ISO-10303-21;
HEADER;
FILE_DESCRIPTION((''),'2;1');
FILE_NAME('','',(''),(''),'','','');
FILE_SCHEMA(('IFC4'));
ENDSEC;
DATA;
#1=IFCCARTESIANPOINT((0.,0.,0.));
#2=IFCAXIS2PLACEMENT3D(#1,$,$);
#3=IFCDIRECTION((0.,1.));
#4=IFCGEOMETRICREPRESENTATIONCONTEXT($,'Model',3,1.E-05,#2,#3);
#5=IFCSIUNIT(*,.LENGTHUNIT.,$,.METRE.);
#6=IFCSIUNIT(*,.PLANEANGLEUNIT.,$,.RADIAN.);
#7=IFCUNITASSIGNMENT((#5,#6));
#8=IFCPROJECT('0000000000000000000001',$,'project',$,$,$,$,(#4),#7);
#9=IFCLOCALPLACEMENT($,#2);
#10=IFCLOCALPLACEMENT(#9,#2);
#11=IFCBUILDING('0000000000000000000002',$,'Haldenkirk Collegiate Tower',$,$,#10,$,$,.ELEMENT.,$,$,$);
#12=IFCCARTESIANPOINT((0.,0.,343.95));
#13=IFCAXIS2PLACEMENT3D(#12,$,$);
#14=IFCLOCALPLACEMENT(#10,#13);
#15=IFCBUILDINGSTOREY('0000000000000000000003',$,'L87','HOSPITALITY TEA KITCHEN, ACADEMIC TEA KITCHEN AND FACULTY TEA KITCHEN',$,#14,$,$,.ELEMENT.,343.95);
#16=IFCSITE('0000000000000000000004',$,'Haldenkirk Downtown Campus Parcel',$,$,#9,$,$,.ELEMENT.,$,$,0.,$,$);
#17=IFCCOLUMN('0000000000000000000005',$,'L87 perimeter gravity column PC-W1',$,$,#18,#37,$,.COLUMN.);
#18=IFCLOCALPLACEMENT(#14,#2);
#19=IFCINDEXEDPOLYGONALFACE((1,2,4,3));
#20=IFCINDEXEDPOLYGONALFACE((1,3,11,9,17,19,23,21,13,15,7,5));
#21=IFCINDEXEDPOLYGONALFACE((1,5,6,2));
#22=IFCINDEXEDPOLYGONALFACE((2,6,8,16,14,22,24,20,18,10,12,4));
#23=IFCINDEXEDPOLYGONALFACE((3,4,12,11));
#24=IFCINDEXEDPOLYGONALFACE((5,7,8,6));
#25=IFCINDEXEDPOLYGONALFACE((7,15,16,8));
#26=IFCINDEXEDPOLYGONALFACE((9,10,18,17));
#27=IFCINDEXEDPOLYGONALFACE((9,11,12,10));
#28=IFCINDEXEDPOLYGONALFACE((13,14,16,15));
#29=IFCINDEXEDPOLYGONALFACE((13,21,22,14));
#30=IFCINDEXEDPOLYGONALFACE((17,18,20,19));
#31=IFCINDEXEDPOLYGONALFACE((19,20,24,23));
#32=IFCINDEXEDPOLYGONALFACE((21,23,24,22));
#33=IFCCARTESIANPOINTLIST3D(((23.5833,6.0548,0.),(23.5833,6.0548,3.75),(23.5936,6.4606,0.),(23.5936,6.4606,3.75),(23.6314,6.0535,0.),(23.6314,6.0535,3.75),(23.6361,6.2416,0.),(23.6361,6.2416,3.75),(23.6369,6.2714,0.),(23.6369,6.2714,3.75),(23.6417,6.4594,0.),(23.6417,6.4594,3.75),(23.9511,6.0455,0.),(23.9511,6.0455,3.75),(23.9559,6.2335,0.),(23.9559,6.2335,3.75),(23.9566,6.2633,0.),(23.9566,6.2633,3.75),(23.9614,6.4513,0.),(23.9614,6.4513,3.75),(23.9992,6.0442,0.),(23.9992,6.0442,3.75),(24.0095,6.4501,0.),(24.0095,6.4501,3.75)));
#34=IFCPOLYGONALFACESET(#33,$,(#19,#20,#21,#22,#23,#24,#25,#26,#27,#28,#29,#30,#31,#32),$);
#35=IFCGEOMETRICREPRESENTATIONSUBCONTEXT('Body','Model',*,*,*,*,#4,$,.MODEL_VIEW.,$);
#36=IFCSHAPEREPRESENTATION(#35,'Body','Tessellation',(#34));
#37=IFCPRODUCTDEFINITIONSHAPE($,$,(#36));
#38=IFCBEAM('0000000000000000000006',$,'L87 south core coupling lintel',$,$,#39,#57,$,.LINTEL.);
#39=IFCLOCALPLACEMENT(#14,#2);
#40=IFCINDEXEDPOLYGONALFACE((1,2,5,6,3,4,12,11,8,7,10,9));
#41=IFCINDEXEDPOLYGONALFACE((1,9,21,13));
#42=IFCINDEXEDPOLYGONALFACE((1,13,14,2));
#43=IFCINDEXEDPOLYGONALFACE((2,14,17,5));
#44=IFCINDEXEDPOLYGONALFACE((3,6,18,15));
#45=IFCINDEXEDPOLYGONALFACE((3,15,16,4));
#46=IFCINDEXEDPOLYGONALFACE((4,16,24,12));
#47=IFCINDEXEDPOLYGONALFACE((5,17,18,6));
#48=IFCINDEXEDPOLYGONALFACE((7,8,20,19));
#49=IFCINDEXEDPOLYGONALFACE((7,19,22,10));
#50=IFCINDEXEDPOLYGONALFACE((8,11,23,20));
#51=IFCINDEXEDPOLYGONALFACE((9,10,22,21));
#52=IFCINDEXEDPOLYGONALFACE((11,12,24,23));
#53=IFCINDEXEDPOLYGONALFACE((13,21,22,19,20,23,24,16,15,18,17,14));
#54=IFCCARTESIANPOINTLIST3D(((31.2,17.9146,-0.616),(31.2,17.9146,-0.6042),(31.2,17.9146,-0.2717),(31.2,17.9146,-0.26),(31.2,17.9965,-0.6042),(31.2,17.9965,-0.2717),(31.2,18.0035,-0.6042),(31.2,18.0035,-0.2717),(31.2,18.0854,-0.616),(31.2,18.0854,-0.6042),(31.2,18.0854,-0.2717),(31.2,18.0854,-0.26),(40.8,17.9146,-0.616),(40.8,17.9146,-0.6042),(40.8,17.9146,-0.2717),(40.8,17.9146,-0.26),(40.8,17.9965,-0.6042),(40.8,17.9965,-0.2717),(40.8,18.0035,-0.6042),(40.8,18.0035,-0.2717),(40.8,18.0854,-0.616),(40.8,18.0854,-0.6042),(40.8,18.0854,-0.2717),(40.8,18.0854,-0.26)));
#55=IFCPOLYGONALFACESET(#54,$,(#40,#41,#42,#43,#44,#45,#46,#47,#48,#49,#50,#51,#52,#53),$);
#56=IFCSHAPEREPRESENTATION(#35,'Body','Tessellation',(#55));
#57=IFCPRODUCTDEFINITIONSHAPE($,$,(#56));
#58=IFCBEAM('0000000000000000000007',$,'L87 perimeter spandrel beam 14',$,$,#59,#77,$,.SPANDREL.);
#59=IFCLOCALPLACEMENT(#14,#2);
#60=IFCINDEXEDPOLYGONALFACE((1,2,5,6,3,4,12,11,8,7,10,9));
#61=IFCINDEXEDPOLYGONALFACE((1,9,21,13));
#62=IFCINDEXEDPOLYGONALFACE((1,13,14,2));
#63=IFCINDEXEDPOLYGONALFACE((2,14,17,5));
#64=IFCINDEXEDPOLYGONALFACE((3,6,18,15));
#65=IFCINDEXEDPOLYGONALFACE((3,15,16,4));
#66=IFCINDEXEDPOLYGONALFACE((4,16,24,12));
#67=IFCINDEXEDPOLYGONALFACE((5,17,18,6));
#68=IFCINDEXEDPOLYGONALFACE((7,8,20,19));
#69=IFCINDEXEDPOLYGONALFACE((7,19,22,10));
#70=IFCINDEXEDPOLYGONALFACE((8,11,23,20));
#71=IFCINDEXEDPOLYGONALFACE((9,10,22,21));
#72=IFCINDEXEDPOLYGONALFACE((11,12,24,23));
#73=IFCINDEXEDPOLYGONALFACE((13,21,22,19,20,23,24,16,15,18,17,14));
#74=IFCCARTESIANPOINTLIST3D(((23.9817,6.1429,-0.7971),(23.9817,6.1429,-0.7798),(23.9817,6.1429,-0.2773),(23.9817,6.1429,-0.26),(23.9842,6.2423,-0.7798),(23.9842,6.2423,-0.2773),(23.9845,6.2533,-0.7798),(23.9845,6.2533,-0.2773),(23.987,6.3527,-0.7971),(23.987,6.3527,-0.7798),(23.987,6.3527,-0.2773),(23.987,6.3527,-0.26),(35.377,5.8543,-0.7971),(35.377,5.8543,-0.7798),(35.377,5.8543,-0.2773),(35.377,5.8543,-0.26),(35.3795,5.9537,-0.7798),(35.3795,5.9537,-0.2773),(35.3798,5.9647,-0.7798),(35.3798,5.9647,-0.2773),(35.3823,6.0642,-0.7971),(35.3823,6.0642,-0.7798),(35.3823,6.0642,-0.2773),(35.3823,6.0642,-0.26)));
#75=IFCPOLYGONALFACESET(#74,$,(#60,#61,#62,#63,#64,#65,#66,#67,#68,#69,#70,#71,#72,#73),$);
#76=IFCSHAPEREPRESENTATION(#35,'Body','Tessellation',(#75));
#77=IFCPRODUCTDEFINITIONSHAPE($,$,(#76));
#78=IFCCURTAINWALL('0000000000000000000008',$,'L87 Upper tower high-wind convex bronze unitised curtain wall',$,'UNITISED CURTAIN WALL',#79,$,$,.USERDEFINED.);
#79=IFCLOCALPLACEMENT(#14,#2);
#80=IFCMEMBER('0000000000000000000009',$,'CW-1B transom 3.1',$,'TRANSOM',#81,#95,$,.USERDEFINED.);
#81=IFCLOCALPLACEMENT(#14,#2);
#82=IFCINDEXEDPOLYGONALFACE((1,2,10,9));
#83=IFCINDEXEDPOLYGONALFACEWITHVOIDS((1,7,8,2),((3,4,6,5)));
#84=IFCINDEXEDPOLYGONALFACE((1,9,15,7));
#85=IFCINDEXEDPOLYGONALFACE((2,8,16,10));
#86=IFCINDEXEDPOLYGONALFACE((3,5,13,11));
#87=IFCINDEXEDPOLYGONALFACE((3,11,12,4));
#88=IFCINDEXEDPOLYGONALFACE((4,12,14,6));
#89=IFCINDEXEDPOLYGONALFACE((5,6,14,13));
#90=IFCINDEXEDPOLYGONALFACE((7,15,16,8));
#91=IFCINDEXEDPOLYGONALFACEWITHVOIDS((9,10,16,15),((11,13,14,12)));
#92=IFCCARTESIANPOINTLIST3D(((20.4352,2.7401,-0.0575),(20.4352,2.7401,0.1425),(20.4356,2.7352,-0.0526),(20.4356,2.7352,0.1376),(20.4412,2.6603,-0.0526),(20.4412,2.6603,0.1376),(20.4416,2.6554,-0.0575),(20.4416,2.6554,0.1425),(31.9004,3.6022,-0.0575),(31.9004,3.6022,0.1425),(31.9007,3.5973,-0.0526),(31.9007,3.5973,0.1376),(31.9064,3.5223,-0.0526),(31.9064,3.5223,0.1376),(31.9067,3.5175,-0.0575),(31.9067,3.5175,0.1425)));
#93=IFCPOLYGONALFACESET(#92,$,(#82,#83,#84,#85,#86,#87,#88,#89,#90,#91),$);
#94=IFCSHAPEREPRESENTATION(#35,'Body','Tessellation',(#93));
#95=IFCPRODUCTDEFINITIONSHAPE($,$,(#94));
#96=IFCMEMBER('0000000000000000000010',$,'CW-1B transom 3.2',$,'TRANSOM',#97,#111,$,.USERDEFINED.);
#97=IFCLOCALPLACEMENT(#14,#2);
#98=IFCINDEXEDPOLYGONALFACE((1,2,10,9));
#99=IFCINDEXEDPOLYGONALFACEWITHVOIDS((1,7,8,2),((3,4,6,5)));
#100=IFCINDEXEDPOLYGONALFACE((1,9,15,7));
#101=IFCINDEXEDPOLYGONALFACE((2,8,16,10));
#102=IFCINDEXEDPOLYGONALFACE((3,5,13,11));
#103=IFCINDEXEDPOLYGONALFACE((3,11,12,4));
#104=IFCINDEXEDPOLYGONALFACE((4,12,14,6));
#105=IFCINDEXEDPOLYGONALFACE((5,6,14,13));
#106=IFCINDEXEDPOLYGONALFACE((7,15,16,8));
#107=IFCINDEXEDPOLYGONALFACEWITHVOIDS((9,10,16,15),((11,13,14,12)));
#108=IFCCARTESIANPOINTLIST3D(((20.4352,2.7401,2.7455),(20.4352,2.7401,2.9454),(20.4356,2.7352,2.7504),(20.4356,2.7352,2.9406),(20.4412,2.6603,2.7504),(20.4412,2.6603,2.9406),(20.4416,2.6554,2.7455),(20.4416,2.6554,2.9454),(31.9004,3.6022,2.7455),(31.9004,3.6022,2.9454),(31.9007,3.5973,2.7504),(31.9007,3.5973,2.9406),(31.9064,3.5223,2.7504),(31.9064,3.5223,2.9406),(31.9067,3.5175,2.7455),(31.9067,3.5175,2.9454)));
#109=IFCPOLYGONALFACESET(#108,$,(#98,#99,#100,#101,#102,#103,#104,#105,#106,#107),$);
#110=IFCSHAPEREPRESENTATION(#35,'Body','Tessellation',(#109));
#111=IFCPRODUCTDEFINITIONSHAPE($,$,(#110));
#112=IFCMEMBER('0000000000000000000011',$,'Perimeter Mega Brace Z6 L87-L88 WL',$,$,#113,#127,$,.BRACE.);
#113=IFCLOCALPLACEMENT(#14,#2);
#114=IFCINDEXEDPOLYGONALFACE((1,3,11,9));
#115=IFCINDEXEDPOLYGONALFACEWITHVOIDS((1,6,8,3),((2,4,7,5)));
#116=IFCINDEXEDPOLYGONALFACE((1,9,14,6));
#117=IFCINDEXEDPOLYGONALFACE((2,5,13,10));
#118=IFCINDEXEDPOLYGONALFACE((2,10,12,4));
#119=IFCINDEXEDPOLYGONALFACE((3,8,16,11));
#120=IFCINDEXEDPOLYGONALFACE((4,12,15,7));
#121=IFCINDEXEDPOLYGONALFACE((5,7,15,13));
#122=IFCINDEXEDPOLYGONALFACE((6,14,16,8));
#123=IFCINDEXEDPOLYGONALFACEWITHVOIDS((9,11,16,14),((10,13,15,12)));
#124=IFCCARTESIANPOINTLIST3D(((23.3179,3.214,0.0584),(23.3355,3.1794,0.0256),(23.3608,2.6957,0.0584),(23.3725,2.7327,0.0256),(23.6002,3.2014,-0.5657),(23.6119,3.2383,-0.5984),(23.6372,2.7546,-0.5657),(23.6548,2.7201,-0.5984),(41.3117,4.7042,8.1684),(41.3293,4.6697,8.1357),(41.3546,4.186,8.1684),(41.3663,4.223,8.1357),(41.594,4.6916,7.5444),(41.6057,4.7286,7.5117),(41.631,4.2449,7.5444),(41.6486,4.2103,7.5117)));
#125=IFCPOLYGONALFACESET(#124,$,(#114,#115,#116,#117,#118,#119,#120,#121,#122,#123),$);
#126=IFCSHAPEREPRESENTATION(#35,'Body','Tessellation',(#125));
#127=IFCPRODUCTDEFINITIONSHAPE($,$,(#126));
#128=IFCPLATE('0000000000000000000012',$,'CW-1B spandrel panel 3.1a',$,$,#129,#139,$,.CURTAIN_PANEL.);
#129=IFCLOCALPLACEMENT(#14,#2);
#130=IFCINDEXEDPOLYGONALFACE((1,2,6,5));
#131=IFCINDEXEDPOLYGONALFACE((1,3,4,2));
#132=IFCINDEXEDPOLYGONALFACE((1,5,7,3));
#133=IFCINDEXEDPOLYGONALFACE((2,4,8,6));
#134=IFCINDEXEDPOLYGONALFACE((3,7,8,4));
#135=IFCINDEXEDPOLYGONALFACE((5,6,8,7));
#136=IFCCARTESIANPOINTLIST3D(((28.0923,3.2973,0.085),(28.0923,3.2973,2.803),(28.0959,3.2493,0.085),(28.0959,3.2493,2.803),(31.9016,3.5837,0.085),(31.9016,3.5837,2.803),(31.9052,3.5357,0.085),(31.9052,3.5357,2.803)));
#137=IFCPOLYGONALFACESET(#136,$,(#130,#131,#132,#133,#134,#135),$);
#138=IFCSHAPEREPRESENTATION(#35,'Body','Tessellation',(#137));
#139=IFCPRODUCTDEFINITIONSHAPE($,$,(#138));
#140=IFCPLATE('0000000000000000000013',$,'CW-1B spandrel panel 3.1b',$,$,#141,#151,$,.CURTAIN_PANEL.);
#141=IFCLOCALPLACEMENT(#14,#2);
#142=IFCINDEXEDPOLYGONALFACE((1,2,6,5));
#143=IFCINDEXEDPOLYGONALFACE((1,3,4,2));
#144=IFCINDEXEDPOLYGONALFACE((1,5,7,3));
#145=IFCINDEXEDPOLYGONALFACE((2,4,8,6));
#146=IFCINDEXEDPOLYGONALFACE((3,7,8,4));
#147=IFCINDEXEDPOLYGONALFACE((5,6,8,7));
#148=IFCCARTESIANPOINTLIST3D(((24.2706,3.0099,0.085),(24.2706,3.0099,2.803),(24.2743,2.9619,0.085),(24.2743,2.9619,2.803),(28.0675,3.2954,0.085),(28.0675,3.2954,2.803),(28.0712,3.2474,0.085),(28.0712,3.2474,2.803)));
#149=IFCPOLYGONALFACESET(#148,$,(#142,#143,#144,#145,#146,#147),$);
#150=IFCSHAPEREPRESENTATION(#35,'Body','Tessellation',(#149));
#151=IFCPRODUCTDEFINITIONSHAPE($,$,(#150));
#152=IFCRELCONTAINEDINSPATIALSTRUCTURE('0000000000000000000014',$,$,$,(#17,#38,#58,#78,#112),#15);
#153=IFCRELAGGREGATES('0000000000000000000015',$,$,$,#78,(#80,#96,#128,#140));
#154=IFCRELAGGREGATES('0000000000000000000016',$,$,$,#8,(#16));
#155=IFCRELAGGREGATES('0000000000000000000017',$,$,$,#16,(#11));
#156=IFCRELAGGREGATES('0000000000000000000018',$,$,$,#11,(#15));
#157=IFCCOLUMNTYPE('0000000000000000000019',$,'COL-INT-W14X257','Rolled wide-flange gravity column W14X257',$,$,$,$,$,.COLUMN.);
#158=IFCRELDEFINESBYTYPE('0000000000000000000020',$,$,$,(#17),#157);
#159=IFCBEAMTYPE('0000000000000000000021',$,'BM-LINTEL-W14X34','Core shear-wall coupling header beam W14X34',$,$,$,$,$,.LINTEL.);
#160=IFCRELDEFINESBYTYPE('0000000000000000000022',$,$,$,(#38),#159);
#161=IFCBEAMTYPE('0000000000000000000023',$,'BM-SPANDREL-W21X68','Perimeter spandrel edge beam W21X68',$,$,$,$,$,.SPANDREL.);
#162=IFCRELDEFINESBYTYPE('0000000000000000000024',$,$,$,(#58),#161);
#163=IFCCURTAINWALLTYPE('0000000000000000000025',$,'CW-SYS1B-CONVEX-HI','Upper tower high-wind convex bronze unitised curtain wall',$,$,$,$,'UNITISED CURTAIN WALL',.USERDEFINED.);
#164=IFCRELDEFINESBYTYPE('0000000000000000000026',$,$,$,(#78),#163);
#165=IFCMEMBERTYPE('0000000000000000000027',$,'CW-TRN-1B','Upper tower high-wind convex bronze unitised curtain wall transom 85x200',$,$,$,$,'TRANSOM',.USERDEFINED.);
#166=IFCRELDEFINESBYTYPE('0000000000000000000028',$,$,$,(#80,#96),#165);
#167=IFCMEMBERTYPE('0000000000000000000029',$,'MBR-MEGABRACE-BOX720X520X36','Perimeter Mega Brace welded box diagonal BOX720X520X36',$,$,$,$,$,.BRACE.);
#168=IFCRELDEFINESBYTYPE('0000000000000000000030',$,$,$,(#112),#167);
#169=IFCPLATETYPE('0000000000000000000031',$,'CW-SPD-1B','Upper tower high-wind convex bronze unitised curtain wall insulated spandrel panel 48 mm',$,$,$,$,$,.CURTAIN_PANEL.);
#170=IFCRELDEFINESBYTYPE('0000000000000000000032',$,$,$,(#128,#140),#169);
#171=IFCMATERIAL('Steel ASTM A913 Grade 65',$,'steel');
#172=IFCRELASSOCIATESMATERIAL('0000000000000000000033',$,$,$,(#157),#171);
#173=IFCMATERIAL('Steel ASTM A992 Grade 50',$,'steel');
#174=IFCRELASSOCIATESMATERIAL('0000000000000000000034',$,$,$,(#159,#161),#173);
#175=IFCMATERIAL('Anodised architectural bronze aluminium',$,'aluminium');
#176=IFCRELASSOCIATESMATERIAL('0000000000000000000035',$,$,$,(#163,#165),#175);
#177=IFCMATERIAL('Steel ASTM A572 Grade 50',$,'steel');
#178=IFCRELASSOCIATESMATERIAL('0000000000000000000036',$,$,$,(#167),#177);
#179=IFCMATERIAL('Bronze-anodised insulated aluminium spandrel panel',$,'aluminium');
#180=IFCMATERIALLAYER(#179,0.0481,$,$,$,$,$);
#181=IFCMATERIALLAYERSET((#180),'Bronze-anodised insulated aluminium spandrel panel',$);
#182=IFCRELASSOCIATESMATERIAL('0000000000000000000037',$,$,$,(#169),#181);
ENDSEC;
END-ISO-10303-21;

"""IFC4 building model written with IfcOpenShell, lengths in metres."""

from ifc_helpers import new_model, si_unit, direction, frame, origin, origin_2d, place, context, subcontext, project, spatial, rectangle, hollow_rectangle, i_section, extrude, source, transform, mapped, material, layer, layer_set, material_profile, profile_set, type_object, element, aggregate, save


model = new_model("IFC4")

# Units and contexts
model_context = context("Model", 3, precision=1e-05, world=origin(), true_north=direction((0.0, 1.0)))
body_context = subcontext(model_context, "Body", "Model", "MODEL_VIEW")
ifc_project = project(units=[si_unit("LENGTHUNIT", "METRE"), si_unit("PLANEANGLEUNIT", "RADIAN")], contexts=[model_context])

# Site, building, storey
site_placement = place(None, origin())
site = spatial("IfcSite", under=ifc_project, at=site_placement, Name="Haldenkirk Downtown Campus Parcel", CompositionType="ELEMENT", RefElevation=0.0)
building_placement = place(site_placement, origin())
building = spatial("IfcBuilding", under=site, at=building_placement, Name="Haldenkirk Collegiate Tower", CompositionType="ELEMENT")
storey_placement = place(building_placement, frame((0.0, 0.0, 343.95)))
storey = spatial("IfcBuildingStorey", under=building, at=storey_placement, Name="L87", Description="HOSPITALITY TEA KITCHEN, ACADEMIC TEA KITCHEN AND FACULTY TEA KITCHEN", CompositionType="ELEMENT", Elevation=343.95)

# Column
ifc_material_1 = material(Name="Steel ASTM A913 Grade 65", Category="steel")
ifc_material_profile_1 = material_profile(ifc_material_1, i_section(OverallWidth=0.406, OverallDepth=0.416, WebThickness=0.0298, FlangeThickness=0.0481, at=origin_2d()), Name="W14X257")
ifc_profile_set_1 = profile_set([ifc_material_profile_1], Name="Steel ASTM A913 Grade 65")
column_type = type_object("IfcColumnType", Name="COL-INT-W14X257", Description="Rolled wide-flange gravity column W14X257", PredefinedType="COLUMN", material=ifc_profile_set_1)
column_placement = place(storey_placement, frame((23.7964, 6.2524, 0.0), z_axis=(0.0, 0.0, 1.0), x_axis=(0.025305, 0.99968, 0.0)))
element("IfcColumn", 1, at=column_placement, inside=storey, type_object=column_type, Name="L87 perimeter gravity column PC-W1", PredefinedType="COLUMN", context=body_context, shape_type="SweptSolid", body=[
    extrude(i_section(OverallWidth=0.406, OverallDepth=0.416, WebThickness=0.0298, FlangeThickness=0.0481, at=origin_2d()), origin(), (0.0, 0.0, 1.0), 3.75),
])

# Beams
ifc_material_2 = material(Name="Steel ASTM A992 Grade 50", Category="steel")
ifc_material_profile_2 = material_profile(ifc_material_2, i_section(OverallWidth=0.1709, OverallDepth=0.356, WebThickness=0.0071, FlangeThickness=0.0117, at=origin_2d()), Name="W14X34")
ifc_profile_set_2 = profile_set([ifc_material_profile_2], Name="Steel ASTM A992 Grade 50")
beam_type_1 = type_object("IfcBeamType", Name="BM-LINTEL-W14X34", Description="Core shear-wall coupling header beam W14X34", PredefinedType="LINTEL", material=ifc_profile_set_2)
beam_1_placement = place(storey_placement, frame((31.2, 18.0, -0.438), z_axis=(1.0, 0.0, 0.0), x_axis=(0.0, 1.0, 0.0)))
element("IfcBeam", 2, at=beam_1_placement, inside=storey, type_object=beam_type_1, Name="L87 south core coupling lintel", PredefinedType="LINTEL", context=body_context, shape_type="SweptSolid", body=[
    extrude(i_section(OverallWidth=0.1709, OverallDepth=0.356, WebThickness=0.0071, FlangeThickness=0.0117, at=origin_2d()), origin(), (0.0, 0.0, 1.0), 9.6001),
])
ifc_material_profile_3 = material_profile(ifc_material_2, i_section(OverallWidth=0.21, OverallDepth=0.5371, WebThickness=0.011, FlangeThickness=0.0173, at=origin_2d()), Name="W21X68")
ifc_profile_set_3 = profile_set([ifc_material_profile_3], Name="Steel ASTM A992 Grade 50")
beam_type_2 = type_object("IfcBeamType", Name="BM-SPANDREL-W21X68", Description="Perimeter spandrel edge beam W21X68", PredefinedType="SPANDREL", material=ifc_profile_set_3)
beam_2_placement = place(storey_placement, frame((23.9844, 6.2478, -0.5286), z_axis=(0.99968, -0.025316, 0.0), x_axis=(0.025316, 0.99968, 0.0)))
element("IfcBeam", 3, at=beam_2_placement, inside=storey, type_object=beam_type_2, Name="L87 perimeter spandrel beam 14", PredefinedType="SPANDREL", context=body_context, shape_type="SweptSolid", body=[
    extrude(i_section(OverallWidth=0.21, OverallDepth=0.5371, WebThickness=0.011, FlangeThickness=0.0173, at=origin_2d()), origin(), (0.0, 0.0, 1.0), 11.3989),
])

# Curtain wall, members
ifc_material_3 = material(Name="Anodised architectural bronze aluminium", Category="aluminium")
curtain_wall_type = type_object("IfcCurtainWallType", Name="CW-SYS1B-CONVEX-HI", Description="Upper tower high-wind convex bronze unitised curtain wall", ElementType="UNITISED CURTAIN WALL", PredefinedType="USERDEFINED", material=ifc_material_3)
curtain_wall_placement = place(storey_placement, origin())
curtain_wall = element("IfcCurtainWall", 4, at=curtain_wall_placement, inside=storey, type_object=curtain_wall_type, Name="L87 Upper tower high-wind convex bronze unitised curtain wall", ObjectType="UNITISED CURTAIN WALL", PredefinedType="USERDEFINED")
ifc_material_profile_4 = material_profile(ifc_material_3, hollow_rectangle(XDim=0.085, YDim=0.2, WallThickness=0.0049, at=origin_2d()), Name="CW-TRN-1B")
ifc_profile_set_4 = profile_set([ifc_material_profile_4], Name="Anodised architectural bronze aluminium")
member_type_1 = type_object("IfcMemberType", Name="CW-TRN-1B", Description="Upper tower high-wind convex bronze unitised curtain wall transom 85x200", ElementType="TRANSOM", PredefinedType="USERDEFINED", material=ifc_profile_set_4)
member_1_placement = place(storey_placement, frame((31.9036, 3.5598, 0.0425), z_axis=(-0.997185, -0.074978, 0.0), x_axis=(0.074978, -0.997185, 0.0)))
member_1 = element("IfcMember", 5, at=member_1_placement, type_object=member_type_1, Name="CW-1B transom 3.1", ObjectType="TRANSOM", PredefinedType="USERDEFINED", context=body_context, shape_type="SweptSolid", body=[
    extrude(hollow_rectangle(XDim=0.085, YDim=0.2, WallThickness=0.0049, at=origin_2d()), origin(), (0.0, 0.0, 1.0), 11.4976),
])
member_2_placement = place(storey_placement, frame((31.9036, 3.5598, 2.8455), z_axis=(-0.997185, -0.074978, 0.0), x_axis=(0.074978, -0.997185, 0.0)))
member_2 = element("IfcMember", 6, at=member_2_placement, type_object=member_type_1, Name="CW-1B transom 3.2", ObjectType="TRANSOM", PredefinedType="USERDEFINED", context=body_context, shape_type="SweptSolid", body=[
    extrude(hollow_rectangle(XDim=0.085, YDim=0.2, WallThickness=0.0049, at=origin_2d()), origin(), (0.0, 0.0, 1.0), 11.4976),
])

# Member
ifc_material_4 = material(Name="Steel ASTM A572 Grade 50", Category="steel")
ifc_material_profile_5 = material_profile(ifc_material_4, hollow_rectangle(XDim=0.52, YDim=0.72, WallThickness=0.0359, at=origin_2d()), Name="BOX720X520X36")
ifc_profile_set_5 = profile_set([ifc_material_profile_5], Name="Steel ASTM A572 Grade 50")
member_type_2 = type_object("IfcMemberType", Name="MBR-MEGABRACE-BOX720X520X36", Description="Perimeter Mega Brace welded box diagonal BOX720X520X36", PredefinedType="BRACE", material=ifc_profile_set_5)
member_3_placement = place(storey_placement, frame((23.4863, 2.967, -0.27), z_axis=(0.90909, 0.07529, 0.40974), x_axis=(-0.082536, 0.996588, 0.0)))
element("IfcMember", 7, at=member_3_placement, inside=storey, type_object=member_type_2, Name="Perimeter Mega Brace Z6 L87-L88 WL", PredefinedType="BRACE", context=body_context, shape_type="SweptSolid", body=[
    extrude(hollow_rectangle(XDim=0.52, YDim=0.72, WallThickness=0.0359, at=origin_2d()), origin(), (0.0, 0.0, 1.0), 19.7932),
])

# Plates
ifc_material_5 = material(Name="Bronze-anodised insulated aluminium spandrel panel", Category="aluminium")
ifc_layer_1 = layer(ifc_material_5, 0.0481)
ifc_layer_set_1 = layer_set([ifc_layer_1], Name="Bronze-anodised insulated aluminium spandrel panel")
plate_type = type_object("IfcPlateType", Name="CW-SPD-1B", Description="Upper tower high-wind convex bronze unitised curtain wall insulated spandrel panel 48 mm", PredefinedType="CURTAIN_PANEL", material=ifc_layer_set_1)
shared_shape_1 = source(origin(), body_context, "Body", "SweptSolid", [
    extrude(rectangle(XDim=3.8201, YDim=0.0481, at=origin_2d()), origin(), (0.0, 0.0, 1.0), 2.718),
])
plate_1_placement = place(storey_placement, frame((29.9988, 3.4165, 0.085), z_axis=(0.0, 0.0, 1.0), x_axis=(-0.997185, -0.074976, 0.0)))
plate_1 = element("IfcPlate", 8, at=plate_1_placement, type_object=plate_type, Name="CW-1B spandrel panel 3.1a", PredefinedType="CURTAIN_PANEL", context=body_context, shape_type="MappedRepresentation", body=[
    mapped(shared_shape_1, transform((0.0, 0.0, 0.0), x_axis=(1.0, 0.0, 0.0), y_axis=(0.0, 1.0, 0.0), z_axis=(0.0, 0.0, 1.0), scale=1.0)),
])
shared_shape_2 = source(origin(), body_context, "Body", "SweptSolid", [
    extrude(rectangle(XDim=3.8076, YDim=0.0481, at=origin_2d()), origin(), (0.0, 0.0, 1.0), 2.718),
])
plate_2_placement = place(storey_placement, frame((26.1709, 3.1287, 0.085), z_axis=(0.0, 0.0, 1.0), x_axis=(-0.997185, -0.074976, 0.0)))
plate_2 = element("IfcPlate", 9, at=plate_2_placement, type_object=plate_type, Name="CW-1B spandrel panel 3.1b", PredefinedType="CURTAIN_PANEL", context=body_context, shape_type="MappedRepresentation", body=[
    mapped(shared_shape_2, transform((0.0, 0.0, 0.0), x_axis=(1.0, 0.0, 0.0), y_axis=(0.0, 1.0, 0.0), z_axis=(0.0, 0.0, 1.0), scale=1.0)),
])
aggregate(curtain_wall, [member_1, member_2, plate_1, plate_2])

save(model, "model.ifc")
